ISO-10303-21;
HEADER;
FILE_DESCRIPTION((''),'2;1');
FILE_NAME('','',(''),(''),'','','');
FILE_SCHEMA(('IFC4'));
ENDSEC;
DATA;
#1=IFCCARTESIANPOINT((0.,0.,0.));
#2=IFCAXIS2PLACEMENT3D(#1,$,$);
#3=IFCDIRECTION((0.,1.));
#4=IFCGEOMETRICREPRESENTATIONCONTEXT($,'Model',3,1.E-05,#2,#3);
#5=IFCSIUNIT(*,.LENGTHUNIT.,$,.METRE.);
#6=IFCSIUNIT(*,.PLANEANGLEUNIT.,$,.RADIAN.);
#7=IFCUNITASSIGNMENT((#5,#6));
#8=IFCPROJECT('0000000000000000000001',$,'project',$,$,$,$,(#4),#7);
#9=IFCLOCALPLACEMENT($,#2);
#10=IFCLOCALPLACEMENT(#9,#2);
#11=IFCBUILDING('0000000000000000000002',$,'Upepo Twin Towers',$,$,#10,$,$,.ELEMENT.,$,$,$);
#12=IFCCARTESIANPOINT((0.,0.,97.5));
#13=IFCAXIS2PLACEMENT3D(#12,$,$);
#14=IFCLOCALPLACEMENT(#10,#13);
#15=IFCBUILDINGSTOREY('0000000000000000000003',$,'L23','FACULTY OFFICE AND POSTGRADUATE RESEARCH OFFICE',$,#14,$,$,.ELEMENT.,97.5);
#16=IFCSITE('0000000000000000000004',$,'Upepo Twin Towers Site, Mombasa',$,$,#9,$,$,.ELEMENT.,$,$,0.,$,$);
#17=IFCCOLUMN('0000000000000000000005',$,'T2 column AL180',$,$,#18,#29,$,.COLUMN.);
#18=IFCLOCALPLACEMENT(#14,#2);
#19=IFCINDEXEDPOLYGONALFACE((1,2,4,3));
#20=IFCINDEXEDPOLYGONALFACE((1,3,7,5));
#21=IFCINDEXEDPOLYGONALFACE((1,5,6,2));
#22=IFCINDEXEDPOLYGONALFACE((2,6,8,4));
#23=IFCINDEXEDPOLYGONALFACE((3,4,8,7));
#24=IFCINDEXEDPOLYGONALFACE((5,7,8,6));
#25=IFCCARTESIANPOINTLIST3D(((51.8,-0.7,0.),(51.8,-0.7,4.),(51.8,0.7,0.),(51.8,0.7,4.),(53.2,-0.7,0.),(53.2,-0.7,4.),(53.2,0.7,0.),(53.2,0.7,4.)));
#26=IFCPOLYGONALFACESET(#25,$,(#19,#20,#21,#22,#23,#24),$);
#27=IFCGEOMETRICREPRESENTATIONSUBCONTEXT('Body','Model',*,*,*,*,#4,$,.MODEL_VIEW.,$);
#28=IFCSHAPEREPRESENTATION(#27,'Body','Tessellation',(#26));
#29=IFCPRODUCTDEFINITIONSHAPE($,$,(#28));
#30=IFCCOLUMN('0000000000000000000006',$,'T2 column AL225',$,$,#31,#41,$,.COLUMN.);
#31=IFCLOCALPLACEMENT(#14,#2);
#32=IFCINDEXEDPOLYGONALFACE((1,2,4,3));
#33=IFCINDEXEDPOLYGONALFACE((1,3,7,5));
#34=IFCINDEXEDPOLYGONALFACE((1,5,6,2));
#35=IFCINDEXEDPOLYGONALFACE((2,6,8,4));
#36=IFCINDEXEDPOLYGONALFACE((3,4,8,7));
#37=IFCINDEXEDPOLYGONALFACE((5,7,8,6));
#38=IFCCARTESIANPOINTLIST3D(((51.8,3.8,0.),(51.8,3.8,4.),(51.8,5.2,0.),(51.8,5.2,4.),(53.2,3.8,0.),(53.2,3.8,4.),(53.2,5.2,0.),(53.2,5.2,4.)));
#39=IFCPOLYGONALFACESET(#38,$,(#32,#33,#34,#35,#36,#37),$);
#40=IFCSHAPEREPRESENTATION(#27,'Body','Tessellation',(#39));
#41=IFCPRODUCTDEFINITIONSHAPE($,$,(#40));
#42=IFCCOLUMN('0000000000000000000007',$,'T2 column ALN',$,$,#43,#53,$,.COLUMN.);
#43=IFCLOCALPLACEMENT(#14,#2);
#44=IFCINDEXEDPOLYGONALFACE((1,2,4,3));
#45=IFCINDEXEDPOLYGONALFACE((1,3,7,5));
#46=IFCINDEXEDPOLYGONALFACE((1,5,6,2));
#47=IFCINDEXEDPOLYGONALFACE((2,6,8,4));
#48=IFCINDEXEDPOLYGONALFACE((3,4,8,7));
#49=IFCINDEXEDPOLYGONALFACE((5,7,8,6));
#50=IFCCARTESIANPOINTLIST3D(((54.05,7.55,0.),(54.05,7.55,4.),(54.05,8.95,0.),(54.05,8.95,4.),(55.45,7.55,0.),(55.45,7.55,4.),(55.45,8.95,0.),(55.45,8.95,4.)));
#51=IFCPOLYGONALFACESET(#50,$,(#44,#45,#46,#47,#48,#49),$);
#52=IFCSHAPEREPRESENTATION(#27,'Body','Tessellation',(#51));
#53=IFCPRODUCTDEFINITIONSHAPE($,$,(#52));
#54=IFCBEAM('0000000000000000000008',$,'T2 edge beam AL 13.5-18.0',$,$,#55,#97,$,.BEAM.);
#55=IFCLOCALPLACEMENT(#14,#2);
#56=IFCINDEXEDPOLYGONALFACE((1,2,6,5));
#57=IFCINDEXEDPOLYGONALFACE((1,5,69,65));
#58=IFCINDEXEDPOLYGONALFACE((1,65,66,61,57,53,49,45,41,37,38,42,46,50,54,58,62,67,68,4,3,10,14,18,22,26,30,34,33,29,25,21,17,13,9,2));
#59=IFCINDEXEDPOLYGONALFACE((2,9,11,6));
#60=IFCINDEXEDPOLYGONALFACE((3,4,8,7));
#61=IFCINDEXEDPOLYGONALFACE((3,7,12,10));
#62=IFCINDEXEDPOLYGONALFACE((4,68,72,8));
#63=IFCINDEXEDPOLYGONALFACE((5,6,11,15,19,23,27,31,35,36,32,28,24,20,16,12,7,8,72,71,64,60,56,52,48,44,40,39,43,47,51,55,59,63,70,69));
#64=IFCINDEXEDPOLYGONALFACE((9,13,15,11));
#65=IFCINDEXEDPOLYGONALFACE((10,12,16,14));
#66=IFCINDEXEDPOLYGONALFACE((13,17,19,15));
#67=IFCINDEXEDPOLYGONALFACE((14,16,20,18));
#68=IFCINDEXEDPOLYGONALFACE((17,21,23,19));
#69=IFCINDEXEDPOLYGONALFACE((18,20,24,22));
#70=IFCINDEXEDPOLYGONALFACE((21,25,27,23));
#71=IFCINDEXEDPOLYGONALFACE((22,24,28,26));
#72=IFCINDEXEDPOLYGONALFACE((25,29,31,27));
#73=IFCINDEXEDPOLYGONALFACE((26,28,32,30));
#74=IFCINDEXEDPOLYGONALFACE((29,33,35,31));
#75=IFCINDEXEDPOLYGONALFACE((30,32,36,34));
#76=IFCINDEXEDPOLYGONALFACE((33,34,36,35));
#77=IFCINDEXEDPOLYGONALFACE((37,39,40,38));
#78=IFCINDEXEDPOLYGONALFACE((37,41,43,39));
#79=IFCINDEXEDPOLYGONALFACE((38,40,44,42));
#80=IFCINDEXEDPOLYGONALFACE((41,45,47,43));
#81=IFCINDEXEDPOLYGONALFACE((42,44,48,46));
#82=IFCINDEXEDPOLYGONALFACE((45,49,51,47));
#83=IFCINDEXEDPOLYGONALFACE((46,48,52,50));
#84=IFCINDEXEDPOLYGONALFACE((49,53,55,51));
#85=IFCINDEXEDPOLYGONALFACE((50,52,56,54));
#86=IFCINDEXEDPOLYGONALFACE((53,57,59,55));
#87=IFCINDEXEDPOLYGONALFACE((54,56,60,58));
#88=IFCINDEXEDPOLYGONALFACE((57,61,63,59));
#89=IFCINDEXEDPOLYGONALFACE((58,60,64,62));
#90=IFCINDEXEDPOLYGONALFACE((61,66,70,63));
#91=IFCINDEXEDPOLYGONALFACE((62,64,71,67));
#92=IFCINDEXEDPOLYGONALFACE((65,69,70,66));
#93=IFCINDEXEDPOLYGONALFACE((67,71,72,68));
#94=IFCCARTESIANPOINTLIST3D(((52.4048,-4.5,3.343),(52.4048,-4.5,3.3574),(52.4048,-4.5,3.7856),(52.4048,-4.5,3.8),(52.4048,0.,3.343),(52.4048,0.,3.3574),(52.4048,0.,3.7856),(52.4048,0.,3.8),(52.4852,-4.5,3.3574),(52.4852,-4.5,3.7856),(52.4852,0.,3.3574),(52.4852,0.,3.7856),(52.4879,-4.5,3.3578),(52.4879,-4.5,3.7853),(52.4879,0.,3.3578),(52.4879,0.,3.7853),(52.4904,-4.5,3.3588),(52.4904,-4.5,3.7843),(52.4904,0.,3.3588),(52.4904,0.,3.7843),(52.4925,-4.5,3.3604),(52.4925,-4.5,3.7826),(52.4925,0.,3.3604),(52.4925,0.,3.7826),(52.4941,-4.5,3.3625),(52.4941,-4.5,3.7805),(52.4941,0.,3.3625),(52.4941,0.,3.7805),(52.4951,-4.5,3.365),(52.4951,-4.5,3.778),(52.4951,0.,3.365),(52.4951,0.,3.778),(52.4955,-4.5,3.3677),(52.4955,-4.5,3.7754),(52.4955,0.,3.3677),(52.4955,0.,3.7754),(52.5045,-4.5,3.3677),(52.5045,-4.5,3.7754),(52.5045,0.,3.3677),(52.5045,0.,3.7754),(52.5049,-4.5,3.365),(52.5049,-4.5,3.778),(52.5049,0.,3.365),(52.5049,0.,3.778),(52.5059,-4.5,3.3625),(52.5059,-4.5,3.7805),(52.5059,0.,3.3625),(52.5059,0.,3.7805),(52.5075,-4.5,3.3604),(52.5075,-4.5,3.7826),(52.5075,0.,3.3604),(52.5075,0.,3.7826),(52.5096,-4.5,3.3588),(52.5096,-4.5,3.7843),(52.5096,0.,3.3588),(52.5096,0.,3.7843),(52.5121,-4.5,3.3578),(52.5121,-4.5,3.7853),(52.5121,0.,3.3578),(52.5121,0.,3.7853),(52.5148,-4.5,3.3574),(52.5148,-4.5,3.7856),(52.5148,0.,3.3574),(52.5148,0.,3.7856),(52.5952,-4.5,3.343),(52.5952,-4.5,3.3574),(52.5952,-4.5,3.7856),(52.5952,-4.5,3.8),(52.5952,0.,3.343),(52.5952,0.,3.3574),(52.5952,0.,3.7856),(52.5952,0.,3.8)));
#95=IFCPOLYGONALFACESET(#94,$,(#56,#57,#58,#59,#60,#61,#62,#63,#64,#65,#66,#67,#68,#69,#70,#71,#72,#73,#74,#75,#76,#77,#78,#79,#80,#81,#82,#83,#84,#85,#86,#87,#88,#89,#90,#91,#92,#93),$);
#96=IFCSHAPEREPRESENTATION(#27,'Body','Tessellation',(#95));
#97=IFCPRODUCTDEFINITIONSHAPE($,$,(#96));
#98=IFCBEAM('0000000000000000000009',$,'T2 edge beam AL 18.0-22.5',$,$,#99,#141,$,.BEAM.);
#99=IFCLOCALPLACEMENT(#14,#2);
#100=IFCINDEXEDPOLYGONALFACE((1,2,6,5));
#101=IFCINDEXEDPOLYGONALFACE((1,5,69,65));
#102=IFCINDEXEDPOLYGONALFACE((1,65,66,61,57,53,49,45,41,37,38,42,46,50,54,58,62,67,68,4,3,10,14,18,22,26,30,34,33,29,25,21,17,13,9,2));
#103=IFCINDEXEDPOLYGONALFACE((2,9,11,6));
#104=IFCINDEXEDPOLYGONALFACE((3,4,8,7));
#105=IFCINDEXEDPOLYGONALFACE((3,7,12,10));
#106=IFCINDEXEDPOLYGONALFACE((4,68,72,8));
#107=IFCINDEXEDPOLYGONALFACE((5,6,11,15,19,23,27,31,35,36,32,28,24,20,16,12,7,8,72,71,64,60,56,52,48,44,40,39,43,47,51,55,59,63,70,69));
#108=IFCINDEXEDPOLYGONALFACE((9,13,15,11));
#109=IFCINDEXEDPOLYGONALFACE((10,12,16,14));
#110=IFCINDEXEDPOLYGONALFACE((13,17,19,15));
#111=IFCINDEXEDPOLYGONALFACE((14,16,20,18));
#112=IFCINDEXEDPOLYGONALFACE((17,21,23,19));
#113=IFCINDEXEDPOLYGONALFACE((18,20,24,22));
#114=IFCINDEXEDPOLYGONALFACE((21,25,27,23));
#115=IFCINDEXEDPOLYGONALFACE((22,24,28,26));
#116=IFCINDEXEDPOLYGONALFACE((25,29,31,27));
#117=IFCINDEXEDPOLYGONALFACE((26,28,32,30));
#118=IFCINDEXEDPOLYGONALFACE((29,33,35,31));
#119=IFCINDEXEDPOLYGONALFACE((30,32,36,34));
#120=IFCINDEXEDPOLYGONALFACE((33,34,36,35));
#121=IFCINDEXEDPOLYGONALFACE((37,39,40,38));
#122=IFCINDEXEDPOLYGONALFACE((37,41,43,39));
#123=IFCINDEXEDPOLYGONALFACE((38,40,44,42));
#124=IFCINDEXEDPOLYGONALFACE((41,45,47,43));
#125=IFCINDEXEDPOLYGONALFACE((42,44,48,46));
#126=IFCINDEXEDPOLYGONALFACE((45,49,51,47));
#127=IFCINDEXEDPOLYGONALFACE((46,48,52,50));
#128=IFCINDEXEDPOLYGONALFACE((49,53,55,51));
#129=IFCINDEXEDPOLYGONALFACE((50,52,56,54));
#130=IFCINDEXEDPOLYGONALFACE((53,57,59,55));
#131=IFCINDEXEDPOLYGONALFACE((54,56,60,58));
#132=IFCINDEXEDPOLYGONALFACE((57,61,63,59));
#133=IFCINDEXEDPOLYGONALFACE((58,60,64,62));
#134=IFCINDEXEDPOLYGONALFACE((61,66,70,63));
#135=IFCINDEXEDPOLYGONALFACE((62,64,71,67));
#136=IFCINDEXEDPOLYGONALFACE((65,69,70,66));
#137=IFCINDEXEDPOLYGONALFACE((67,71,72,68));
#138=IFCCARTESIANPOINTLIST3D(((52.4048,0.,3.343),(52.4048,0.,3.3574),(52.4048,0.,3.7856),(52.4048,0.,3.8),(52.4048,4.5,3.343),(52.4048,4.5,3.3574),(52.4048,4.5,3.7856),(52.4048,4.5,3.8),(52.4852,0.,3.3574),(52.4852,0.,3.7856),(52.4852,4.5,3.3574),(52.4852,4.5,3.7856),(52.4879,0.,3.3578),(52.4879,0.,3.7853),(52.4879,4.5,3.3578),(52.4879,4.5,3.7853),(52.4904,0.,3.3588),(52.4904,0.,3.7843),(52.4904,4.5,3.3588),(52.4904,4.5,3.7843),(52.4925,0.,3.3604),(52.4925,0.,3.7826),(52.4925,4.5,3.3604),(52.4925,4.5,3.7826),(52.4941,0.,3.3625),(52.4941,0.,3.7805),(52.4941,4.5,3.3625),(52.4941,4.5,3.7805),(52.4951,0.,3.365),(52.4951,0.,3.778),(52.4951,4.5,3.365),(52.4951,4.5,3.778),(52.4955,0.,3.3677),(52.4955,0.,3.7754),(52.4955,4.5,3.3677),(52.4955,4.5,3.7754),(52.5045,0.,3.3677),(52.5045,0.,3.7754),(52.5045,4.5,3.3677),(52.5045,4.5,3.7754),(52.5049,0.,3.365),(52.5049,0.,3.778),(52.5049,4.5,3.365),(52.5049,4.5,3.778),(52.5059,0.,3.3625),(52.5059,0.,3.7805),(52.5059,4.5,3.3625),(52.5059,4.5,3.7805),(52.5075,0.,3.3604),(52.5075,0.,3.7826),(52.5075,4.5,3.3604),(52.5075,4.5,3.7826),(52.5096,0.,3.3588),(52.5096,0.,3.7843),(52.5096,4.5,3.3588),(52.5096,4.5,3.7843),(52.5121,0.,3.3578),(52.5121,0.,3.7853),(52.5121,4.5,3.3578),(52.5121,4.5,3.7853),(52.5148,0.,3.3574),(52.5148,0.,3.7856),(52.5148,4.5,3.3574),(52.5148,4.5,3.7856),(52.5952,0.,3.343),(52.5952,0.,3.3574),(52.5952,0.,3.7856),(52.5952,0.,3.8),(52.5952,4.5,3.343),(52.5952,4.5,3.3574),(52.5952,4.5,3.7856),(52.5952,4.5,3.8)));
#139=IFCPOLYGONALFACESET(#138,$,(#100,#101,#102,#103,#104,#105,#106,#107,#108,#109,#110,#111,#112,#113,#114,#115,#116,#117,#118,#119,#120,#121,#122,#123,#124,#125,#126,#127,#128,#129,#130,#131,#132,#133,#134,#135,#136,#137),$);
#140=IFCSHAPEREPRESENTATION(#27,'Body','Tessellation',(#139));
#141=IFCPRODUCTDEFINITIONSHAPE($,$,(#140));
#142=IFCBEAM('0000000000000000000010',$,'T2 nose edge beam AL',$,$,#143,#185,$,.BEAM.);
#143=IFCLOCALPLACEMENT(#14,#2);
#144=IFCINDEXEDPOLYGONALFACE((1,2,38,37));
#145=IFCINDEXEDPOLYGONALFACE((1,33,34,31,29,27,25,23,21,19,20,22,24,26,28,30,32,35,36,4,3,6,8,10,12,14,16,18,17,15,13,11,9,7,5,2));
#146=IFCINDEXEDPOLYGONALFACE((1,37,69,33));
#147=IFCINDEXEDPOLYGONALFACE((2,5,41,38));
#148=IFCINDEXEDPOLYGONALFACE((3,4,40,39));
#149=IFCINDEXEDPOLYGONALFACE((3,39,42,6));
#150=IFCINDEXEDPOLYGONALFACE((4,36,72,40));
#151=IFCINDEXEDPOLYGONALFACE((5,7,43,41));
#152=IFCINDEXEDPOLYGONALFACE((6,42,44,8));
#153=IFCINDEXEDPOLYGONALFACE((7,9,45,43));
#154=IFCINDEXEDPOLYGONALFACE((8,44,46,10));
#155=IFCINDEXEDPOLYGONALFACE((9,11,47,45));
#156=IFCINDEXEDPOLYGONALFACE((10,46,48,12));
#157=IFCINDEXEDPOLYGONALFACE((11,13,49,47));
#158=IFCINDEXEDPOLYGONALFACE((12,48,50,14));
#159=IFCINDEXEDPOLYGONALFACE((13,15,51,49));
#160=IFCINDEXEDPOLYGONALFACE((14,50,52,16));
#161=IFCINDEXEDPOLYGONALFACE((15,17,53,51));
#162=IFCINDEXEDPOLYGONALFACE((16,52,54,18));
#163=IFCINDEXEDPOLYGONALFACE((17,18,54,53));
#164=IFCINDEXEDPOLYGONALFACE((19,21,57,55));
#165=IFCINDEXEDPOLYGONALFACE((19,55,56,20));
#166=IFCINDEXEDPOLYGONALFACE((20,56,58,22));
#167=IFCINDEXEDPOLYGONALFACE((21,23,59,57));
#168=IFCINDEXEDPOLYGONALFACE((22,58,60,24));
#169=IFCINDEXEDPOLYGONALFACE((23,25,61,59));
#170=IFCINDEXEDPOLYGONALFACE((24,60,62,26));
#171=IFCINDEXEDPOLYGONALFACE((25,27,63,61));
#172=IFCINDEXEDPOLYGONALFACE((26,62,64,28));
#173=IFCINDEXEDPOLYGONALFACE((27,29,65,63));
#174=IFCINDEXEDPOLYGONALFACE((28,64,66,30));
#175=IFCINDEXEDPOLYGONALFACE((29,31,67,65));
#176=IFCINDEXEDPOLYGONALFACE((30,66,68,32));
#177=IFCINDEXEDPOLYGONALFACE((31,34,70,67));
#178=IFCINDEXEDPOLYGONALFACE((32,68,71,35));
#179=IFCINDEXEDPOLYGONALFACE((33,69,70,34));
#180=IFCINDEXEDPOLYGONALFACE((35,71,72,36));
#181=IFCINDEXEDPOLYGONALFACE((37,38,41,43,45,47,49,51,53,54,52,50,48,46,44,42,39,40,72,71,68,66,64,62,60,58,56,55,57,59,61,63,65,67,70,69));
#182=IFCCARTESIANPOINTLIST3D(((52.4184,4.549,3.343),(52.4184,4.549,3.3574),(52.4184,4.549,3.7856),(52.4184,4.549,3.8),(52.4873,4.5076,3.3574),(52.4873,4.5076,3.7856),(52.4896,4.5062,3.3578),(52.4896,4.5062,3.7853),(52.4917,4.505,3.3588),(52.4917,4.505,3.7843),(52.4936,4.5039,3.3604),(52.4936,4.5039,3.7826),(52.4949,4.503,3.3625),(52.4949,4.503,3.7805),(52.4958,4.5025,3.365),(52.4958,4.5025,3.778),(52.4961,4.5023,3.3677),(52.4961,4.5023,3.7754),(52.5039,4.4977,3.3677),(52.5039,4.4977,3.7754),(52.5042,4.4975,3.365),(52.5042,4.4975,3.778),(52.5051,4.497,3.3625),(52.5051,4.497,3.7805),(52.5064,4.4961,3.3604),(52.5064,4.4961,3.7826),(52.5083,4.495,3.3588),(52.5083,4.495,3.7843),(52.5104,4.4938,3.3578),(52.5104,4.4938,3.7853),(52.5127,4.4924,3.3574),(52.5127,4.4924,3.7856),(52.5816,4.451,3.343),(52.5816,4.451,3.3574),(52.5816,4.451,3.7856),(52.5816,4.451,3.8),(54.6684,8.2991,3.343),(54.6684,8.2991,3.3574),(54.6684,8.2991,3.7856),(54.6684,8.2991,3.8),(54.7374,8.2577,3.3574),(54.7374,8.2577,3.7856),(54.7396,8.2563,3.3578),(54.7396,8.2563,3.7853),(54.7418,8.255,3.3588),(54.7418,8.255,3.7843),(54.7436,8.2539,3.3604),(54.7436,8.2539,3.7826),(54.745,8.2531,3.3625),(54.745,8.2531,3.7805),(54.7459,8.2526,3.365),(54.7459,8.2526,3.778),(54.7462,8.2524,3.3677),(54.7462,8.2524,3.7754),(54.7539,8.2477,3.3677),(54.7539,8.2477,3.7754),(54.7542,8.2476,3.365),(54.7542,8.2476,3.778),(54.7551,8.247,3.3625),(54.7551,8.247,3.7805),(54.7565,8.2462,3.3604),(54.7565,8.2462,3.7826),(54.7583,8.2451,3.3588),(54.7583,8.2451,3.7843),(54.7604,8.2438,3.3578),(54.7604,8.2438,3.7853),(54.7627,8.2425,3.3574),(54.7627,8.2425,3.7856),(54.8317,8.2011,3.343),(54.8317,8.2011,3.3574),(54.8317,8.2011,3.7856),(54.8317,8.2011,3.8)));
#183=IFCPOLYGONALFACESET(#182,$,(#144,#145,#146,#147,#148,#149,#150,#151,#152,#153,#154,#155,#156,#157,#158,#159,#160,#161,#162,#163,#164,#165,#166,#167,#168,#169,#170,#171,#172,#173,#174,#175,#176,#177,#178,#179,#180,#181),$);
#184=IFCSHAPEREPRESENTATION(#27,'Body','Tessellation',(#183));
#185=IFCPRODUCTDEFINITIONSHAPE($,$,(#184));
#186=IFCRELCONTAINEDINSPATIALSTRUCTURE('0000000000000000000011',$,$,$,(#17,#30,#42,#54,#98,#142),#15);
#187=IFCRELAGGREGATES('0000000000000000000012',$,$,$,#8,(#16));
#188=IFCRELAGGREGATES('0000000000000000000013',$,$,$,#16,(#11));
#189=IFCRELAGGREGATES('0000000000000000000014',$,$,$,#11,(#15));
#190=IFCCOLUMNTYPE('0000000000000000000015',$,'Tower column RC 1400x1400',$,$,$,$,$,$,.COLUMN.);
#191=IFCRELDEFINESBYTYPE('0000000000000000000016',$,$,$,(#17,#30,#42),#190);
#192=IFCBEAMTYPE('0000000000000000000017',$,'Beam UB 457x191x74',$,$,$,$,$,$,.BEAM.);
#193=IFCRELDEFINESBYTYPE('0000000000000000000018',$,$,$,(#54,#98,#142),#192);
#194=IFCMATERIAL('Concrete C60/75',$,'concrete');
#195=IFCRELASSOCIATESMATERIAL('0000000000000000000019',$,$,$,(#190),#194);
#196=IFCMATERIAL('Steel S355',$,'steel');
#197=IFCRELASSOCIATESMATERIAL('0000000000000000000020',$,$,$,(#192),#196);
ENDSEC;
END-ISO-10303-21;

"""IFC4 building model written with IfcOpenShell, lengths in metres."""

from ifc_helpers import new_model, si_unit, direction, frame, origin, origin_2d, place, context, subcontext, project, spatial, rectangle, i_section, extrude, material, material_profile, profile_set, type_object, element, save


model = new_model("IFC4")

# Units and contexts
model_context = context("Model", 3, precision=1e-05, world=origin(), true_north=direction((0.0, 1.0)))
body_context = subcontext(model_context, "Body", "Model", "MODEL_VIEW")
ifc_project = project(units=[si_unit("LENGTHUNIT", "METRE"), si_unit("PLANEANGLEUNIT", "RADIAN")], contexts=[model_context])

# Site, building, storey
site_placement = place(None, origin())
site = spatial("IfcSite", under=ifc_project, at=site_placement, Name="Upepo Twin Towers Site, Mombasa", CompositionType="ELEMENT", RefElevation=0.0)
building_placement = place(site_placement, origin())
building = spatial("IfcBuilding", under=site, at=building_placement, Name="Upepo Twin Towers", CompositionType="ELEMENT")
storey_placement = place(building_placement, frame((0.0, 0.0, 97.5)))
storey = spatial("IfcBuildingStorey", under=building, at=storey_placement, Name="L23", Description="FACULTY OFFICE AND POSTGRADUATE RESEARCH OFFICE", CompositionType="ELEMENT", Elevation=97.5)

# Columns
ifc_material_1 = material(Name="Concrete C60/75", Category="concrete")
ifc_material_profile_1 = material_profile(ifc_material_1, rectangle(XDim=1.3999, YDim=1.3999, at=origin_2d()), Name="RC 1400x1400")
ifc_profile_set_1 = profile_set([ifc_material_profile_1], Name="Concrete C60/75")
column_type = type_object("IfcColumnType", Name="Tower column RC 1400x1400", PredefinedType="COLUMN", material=ifc_profile_set_1)
for number, where, z_axis, x_axis, name in (
    (1, (52.5, 0.0, 0.0), (0.0, 0.0, 1.0), (1.0, 0.0, 0.0), "T2 column AL180"),
    (2, (52.5, 4.5, 0.0), (0.0, 0.0, 1.0), (1.0, 0.0, 0.0), "T2 column AL225"),
    (3, (54.75, 8.25, 0.0), (0.0, 0.0, 1.0), (1.0, 0.0, 0.0), "T2 column ALN"),
):
    element("IfcColumn", number, at=place(storey_placement, frame(where, z_axis=z_axis, x_axis=x_axis)), inside=storey, type_object=column_type, Name=name, PredefinedType="COLUMN", context=body_context, shape_type="SweptSolid", body=[
        extrude(rectangle(XDim=1.3999, YDim=1.3999, at=origin_2d()), origin(), (0.0, 0.0, 1.0), 4.0),
    ])

# Beams
ifc_material_2 = material(Name="Steel S355", Category="steel")
ifc_material_profile_2 = material_profile(ifc_material_2, i_section(OverallWidth=0.1904, OverallDepth=0.457, WebThickness=0.009, FlangeThickness=0.0144, FilletRadius=0.0103, at=origin_2d()), Name="UB 457x191x74")
ifc_profile_set_2 = profile_set([ifc_material_profile_2], Name="Steel S355")
beam_type_1 = type_object("IfcBeamType", Name="Beam UB 457x191x74", PredefinedType="BEAM", material=ifc_profile_set_2)
for number, where, z_axis, x_axis, name in (
    (4, (52.5, -4.5, 3.5715), (0.0, 1.0, 0.0), (-1.0, 0.0, 0.0), "T2 edge beam AL 13.5-18.0"),
    (5, (52.5, 0.0, 3.5715), (0.0, 1.0, 0.0), (-1.0, 0.0, 0.0), "T2 edge beam AL 18.0-22.5"),
):
    element("IfcBeam", number, at=place(storey_placement, frame(where, z_axis=z_axis, x_axis=x_axis)), inside=storey, type_object=beam_type_1, Name=name, PredefinedType="BEAM", context=body_context, shape_type="SweptSolid", body=[
        extrude(i_section(OverallWidth=0.1904, OverallDepth=0.457, WebThickness=0.009, FlangeThickness=0.0144, FilletRadius=0.0103, at=origin_2d()), origin(), (0.0, 0.0, 1.0), 4.5),
    ])
beam_1_placement = place(storey_placement, frame((52.5, 4.5, 3.5715), z_axis=(0.514496, 0.857493, 0.0), x_axis=(-0.857493, 0.514496, 0.0)))
element("IfcBeam", 6, at=beam_1_placement, inside=storey, type_object=beam_type_1, Name="T2 nose edge beam AL", PredefinedType="BEAM", context=body_context, shape_type="SweptSolid", body=[
    extrude(i_section(OverallWidth=0.1904, OverallDepth=0.457, WebThickness=0.009, FlangeThickness=0.0144, FilletRadius=0.0103, at=origin_2d()), origin(), (0.0, 0.0, 1.0), 4.3733),
])

save(model, "model.ifc")
